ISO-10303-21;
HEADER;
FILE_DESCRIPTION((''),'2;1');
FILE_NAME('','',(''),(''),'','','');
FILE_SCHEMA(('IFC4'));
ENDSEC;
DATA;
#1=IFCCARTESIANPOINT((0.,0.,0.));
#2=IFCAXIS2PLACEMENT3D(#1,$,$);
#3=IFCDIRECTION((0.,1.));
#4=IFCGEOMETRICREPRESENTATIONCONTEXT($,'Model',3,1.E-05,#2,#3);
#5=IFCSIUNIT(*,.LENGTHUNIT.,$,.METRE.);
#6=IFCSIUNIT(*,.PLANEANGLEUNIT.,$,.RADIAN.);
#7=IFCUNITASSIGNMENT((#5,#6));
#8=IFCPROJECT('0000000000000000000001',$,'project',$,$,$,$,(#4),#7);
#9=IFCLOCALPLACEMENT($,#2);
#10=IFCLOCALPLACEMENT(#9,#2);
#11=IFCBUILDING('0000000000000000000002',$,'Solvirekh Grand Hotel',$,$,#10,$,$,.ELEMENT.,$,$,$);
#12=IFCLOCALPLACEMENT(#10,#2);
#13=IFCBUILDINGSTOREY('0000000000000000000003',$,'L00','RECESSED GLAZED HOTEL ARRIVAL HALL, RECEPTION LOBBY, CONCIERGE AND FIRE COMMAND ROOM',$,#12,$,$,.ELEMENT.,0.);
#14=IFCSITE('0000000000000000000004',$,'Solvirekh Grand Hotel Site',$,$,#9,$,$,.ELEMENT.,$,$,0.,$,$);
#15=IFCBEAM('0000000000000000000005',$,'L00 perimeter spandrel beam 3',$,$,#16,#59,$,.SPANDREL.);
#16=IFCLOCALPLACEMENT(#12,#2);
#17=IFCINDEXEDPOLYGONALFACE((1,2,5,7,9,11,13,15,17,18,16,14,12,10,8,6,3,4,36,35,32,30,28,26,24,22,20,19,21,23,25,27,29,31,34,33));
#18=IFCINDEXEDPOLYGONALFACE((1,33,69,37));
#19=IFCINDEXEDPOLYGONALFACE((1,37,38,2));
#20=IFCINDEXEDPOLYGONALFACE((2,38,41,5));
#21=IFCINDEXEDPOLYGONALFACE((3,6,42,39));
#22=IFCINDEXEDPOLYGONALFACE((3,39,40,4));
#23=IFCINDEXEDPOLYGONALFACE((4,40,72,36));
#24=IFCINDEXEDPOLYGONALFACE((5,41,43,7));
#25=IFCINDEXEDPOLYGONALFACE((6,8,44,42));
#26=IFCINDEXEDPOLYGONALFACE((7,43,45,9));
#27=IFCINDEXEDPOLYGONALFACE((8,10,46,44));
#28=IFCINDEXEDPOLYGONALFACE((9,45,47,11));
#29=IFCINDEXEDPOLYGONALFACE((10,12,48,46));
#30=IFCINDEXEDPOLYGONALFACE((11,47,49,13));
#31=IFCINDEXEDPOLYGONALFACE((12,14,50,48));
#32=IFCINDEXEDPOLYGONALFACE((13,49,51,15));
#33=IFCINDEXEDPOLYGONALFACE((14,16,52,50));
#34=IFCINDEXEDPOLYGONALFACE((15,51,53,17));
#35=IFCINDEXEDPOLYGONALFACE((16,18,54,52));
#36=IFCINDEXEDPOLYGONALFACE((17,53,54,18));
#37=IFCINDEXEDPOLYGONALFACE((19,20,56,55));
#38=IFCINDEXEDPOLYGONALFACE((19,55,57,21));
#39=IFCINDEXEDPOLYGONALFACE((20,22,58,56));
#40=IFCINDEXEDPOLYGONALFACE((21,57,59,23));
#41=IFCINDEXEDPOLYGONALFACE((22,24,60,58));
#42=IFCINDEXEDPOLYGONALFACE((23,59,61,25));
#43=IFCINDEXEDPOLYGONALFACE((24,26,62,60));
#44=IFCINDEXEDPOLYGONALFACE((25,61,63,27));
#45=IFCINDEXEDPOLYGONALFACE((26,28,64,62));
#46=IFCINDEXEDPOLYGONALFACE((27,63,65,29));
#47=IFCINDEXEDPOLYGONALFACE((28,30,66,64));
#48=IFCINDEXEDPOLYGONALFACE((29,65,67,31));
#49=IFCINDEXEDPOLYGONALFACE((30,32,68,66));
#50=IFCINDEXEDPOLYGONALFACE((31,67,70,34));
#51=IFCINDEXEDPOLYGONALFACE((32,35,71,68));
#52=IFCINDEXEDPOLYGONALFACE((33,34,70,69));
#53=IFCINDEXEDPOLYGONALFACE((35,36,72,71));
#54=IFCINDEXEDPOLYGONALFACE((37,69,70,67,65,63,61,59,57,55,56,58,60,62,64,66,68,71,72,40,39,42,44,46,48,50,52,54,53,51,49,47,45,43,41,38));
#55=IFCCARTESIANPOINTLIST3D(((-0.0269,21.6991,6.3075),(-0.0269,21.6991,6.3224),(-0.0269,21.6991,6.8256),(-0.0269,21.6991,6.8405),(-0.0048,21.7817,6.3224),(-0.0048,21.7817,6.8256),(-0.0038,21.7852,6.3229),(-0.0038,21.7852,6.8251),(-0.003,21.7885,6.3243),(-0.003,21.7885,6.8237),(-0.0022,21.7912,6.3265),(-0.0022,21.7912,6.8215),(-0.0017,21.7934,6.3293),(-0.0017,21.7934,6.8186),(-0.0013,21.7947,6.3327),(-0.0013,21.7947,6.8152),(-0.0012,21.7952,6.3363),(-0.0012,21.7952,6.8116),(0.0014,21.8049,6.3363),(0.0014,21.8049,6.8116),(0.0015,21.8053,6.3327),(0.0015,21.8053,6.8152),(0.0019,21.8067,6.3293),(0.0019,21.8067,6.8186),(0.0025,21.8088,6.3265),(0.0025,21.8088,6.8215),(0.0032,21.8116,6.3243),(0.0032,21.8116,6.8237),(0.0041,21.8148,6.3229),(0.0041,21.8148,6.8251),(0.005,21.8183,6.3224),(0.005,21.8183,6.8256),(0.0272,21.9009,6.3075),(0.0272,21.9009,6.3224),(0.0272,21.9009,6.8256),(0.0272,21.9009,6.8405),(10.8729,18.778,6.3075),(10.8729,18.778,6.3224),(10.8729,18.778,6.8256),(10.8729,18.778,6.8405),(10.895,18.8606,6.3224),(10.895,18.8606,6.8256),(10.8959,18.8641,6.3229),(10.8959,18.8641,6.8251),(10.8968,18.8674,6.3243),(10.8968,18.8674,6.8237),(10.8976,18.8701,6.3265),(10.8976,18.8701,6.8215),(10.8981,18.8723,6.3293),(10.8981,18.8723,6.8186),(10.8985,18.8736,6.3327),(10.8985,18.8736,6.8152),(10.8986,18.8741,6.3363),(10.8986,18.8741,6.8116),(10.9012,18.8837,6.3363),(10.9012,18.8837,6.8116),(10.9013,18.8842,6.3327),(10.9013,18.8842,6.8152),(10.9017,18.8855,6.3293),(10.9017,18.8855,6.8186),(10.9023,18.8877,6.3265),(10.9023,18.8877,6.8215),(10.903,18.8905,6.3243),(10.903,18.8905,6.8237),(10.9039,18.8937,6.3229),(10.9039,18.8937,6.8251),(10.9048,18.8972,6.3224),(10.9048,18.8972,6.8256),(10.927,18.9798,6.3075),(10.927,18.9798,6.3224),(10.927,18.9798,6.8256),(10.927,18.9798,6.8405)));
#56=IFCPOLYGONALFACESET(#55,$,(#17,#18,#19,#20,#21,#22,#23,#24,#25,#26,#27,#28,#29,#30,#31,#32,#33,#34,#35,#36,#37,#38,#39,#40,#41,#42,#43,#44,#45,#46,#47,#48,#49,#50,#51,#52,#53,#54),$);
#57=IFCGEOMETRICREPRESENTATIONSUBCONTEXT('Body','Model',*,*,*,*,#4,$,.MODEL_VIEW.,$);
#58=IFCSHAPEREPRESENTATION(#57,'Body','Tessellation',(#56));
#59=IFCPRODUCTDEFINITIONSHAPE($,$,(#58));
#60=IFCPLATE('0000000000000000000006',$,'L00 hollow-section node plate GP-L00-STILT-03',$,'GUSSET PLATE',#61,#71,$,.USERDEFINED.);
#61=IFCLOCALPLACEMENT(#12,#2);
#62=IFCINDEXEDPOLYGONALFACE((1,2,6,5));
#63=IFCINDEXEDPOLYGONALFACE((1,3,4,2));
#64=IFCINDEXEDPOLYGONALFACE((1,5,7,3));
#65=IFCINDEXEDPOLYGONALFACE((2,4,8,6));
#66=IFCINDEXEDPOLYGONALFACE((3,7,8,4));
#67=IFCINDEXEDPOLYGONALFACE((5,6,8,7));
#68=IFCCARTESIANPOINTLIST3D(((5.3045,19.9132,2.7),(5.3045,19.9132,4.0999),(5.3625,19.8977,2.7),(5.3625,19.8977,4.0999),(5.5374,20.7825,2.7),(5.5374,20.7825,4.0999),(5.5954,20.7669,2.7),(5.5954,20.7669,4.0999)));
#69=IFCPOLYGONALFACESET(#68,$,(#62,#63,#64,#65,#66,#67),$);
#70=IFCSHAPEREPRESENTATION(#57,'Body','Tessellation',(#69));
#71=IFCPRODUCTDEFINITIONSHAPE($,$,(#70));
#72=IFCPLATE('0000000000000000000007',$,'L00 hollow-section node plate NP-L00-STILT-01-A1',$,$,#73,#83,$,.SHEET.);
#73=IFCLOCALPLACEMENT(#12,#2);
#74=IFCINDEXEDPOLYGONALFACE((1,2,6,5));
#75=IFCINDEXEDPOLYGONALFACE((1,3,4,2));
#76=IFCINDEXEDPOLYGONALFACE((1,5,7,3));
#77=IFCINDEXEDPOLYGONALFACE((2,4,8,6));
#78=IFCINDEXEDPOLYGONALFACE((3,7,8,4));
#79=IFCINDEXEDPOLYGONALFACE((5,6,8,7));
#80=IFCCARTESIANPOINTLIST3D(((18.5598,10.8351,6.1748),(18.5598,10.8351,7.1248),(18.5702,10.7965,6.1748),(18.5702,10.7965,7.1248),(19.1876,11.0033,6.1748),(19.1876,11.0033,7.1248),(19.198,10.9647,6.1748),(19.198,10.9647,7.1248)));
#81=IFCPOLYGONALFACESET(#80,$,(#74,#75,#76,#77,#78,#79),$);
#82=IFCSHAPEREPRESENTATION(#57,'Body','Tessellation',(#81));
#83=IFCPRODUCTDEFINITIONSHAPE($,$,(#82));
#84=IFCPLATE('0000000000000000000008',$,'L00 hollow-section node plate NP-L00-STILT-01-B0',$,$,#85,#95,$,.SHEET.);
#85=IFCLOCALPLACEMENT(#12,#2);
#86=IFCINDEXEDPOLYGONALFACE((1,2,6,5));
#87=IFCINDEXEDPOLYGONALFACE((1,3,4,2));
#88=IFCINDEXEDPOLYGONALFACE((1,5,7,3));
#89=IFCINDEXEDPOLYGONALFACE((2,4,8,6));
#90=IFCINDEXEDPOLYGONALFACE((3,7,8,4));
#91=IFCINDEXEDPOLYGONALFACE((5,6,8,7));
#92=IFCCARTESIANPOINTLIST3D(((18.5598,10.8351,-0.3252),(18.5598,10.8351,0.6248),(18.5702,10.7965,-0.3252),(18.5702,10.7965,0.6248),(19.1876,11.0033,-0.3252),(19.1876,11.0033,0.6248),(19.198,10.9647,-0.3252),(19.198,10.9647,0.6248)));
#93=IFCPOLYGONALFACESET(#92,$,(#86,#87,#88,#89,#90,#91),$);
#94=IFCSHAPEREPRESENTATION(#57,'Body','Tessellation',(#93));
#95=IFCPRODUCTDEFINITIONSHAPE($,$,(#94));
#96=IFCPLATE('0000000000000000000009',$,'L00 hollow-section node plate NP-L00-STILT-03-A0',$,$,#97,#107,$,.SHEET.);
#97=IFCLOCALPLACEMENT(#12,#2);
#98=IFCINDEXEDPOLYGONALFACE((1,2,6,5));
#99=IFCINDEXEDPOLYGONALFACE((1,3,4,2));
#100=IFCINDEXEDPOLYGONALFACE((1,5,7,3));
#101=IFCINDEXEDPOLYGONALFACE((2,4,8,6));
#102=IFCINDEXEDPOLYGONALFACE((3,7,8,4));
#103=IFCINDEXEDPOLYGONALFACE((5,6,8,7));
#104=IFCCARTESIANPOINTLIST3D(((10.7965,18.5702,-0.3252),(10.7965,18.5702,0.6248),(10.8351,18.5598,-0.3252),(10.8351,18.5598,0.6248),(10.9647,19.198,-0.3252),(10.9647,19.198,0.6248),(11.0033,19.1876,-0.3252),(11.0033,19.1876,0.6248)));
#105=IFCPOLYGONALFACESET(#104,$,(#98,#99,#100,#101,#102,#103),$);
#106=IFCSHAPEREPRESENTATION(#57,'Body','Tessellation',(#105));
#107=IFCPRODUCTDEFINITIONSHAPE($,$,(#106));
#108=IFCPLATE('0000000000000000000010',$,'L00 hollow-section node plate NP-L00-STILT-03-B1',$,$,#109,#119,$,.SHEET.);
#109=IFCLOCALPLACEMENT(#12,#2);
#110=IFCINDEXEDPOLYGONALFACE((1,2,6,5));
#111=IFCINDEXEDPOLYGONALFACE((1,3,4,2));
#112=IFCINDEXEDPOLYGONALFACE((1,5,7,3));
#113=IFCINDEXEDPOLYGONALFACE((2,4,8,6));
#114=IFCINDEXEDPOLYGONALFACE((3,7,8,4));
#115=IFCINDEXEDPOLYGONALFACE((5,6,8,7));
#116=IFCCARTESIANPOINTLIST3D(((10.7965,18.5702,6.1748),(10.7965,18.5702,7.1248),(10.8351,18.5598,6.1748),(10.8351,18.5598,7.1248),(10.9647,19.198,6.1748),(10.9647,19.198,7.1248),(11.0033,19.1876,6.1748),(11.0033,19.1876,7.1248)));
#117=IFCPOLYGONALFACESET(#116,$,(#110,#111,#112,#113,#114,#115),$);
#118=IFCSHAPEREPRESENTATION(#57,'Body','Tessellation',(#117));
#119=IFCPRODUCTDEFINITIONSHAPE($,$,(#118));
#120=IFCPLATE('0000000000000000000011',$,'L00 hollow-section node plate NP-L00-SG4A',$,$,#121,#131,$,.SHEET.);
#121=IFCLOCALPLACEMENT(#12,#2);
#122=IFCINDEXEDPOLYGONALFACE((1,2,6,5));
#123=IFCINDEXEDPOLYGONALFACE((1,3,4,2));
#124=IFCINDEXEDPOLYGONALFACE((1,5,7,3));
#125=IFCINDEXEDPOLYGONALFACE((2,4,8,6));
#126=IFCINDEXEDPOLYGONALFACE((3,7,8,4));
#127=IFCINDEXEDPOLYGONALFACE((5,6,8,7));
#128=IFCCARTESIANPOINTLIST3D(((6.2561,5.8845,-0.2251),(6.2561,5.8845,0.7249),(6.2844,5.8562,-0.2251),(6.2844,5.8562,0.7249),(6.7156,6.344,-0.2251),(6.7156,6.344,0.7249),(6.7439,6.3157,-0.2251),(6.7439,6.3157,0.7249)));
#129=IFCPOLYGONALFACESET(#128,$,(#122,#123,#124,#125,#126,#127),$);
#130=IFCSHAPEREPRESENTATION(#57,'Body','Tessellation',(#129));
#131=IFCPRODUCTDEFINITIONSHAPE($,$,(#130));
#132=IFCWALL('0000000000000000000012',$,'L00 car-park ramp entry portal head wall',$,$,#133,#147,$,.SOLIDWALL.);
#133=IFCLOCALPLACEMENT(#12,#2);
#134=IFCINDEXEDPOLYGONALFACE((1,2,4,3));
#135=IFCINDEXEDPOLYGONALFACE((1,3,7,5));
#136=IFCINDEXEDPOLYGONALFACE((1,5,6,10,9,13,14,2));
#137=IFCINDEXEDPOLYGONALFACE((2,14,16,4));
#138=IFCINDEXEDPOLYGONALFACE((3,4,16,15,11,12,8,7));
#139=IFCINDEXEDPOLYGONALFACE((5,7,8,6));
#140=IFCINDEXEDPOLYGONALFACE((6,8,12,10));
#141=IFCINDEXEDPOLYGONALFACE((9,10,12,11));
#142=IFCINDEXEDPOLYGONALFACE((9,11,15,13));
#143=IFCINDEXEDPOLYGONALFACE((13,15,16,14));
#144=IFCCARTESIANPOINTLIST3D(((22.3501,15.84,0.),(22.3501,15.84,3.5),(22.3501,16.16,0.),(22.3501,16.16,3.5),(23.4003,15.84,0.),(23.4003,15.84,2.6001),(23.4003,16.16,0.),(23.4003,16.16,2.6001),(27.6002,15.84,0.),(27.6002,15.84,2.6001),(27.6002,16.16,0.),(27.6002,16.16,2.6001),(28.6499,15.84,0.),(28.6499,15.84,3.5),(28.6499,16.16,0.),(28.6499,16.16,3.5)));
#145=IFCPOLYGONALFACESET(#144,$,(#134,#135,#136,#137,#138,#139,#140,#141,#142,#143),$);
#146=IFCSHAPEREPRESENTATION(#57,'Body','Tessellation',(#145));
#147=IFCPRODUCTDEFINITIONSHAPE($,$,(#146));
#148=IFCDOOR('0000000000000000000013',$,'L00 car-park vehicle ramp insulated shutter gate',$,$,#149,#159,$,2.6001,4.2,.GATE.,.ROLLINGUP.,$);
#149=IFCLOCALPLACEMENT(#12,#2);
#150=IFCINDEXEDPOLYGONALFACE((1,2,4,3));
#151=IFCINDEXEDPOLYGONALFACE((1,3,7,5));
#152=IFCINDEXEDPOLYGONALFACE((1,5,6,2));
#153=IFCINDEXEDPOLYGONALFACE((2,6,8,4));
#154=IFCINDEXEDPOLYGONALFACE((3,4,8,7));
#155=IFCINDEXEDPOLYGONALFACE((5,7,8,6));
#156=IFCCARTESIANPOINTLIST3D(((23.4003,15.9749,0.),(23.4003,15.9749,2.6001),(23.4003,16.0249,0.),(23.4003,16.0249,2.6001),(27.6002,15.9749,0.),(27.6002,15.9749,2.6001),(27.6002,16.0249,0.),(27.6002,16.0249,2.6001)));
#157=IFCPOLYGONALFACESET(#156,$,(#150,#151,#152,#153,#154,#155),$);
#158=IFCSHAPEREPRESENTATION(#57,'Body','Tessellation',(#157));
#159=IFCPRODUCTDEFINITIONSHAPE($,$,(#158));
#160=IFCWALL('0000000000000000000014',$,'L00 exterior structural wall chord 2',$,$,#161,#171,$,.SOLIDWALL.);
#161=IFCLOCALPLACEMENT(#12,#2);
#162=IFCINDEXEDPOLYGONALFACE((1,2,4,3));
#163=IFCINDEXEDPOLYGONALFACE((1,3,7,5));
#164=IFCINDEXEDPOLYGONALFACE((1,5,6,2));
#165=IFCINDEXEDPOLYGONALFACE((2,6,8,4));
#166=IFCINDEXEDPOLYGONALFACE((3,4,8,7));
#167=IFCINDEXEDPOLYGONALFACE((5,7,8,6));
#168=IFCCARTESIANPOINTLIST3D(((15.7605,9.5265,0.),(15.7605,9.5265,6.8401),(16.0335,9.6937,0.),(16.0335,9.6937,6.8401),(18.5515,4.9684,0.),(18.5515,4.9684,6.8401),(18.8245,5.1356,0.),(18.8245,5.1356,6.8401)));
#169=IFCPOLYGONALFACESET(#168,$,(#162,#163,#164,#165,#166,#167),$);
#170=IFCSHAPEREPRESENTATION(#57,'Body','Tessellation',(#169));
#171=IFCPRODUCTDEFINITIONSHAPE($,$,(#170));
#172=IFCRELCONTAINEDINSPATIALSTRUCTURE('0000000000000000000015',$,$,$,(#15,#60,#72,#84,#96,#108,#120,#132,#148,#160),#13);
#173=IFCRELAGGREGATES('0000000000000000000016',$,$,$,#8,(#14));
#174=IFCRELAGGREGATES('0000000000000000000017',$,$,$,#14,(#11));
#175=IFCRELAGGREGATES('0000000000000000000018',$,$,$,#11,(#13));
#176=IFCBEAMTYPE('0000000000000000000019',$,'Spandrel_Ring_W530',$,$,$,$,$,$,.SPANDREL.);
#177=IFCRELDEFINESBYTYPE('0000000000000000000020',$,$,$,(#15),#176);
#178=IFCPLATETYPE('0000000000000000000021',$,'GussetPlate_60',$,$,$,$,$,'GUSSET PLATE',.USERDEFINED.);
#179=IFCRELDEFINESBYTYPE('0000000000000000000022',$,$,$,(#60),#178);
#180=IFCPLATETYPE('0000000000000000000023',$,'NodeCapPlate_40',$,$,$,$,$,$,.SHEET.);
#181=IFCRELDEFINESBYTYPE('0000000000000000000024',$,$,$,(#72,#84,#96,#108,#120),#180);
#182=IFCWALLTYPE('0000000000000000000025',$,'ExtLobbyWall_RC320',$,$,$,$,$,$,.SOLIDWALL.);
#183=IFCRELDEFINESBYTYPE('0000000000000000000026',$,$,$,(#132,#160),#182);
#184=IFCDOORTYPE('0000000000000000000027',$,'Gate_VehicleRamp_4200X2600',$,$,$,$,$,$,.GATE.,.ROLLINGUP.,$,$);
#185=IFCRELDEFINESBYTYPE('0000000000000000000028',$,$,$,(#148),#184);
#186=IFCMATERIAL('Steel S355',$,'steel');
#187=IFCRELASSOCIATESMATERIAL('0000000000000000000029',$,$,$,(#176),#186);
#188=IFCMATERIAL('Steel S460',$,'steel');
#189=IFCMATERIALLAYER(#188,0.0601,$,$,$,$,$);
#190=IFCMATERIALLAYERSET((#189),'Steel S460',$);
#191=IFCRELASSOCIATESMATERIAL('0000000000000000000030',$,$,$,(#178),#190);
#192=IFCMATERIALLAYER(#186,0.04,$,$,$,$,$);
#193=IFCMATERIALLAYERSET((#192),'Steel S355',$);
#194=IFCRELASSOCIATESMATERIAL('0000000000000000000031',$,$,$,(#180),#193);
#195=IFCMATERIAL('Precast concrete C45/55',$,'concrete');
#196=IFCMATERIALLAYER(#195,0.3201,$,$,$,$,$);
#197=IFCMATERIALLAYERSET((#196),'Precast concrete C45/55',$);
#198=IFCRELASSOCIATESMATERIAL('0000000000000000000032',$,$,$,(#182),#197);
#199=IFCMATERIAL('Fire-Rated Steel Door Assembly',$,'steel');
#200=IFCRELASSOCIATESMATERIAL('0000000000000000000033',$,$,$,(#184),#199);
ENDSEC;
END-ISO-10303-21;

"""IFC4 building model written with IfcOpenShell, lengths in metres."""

from ifc_helpers import new_model, si_unit, direction, frame, frame_2d, origin, origin_2d, place, context, subcontext, project, spatial, rectangle, i_section, extrude, material, layer, layer_set, material_profile, profile_set, type_object, element, fill, save


model = new_model("IFC4")

# Units and contexts
model_context = context("Model", 3, precision=1e-05, world=origin(), true_north=direction((0.0, 1.0)))
body_context = subcontext(model_context, "Body", "Model", "MODEL_VIEW")
ifc_project = project(units=[si_unit("LENGTHUNIT", "METRE"), si_unit("PLANEANGLEUNIT", "RADIAN")], contexts=[model_context])

# Site, building, storey
site_placement = place(None, origin())
site = spatial("IfcSite", under=ifc_project, at=site_placement, Name="Solvirekh Grand Hotel Site", CompositionType="ELEMENT", RefElevation=0.0)
building_placement = place(site_placement, origin())
building = spatial("IfcBuilding", under=site, at=building_placement, Name="Solvirekh Grand Hotel", CompositionType="ELEMENT")
storey_placement = place(building_placement, origin())
storey = spatial("IfcBuildingStorey", under=building, at=storey_placement, Name="L00", Description="RECESSED GLAZED HOTEL ARRIVAL HALL, RECEPTION LOBBY, CONCIERGE AND FIRE COMMAND ROOM", CompositionType="ELEMENT", Elevation=0.0)

# Shared definitions
ifc_material_1 = material(Name="Steel S460", Category="steel")

# Beam
ifc_material_2 = material(Name="Precast concrete C45/55", Category="concrete")
ifc_material_3 = material(Name="Steel S355", Category="steel")
ifc_material_profile_1 = material_profile(ifc_material_3, i_section(OverallWidth=0.209, OverallDepth=0.533, WebThickness=0.01, FlangeThickness=0.0149, FilletRadius=0.0139, at=origin_2d()), Name="W530X92")
ifc_profile_set_1 = profile_set([ifc_material_profile_1], Name="Steel S355")
beam_type_1 = type_object("IfcBeamType", Name="Spandrel_Ring_W530", PredefinedType="SPANDREL", material=ifc_profile_set_1)
beam_1_placement = place(storey_placement, frame((10.8999, 18.8789, 6.574), z_axis=(-0.965914, 0.258862, 0.0), x_axis=(-0.258862, -0.965914, 0.0)))
element("IfcBeam", 1, at=beam_1_placement, inside=storey, type_object=beam_type_1, Name="L00 perimeter spandrel beam 3", PredefinedType="SPANDREL", context=body_context, shape_type="SweptSolid", body=[
    extrude(i_section(OverallWidth=0.209, OverallDepth=0.533, WebThickness=0.01, FlangeThickness=0.0149, FilletRadius=0.0139, at=origin_2d()), origin(), (0.0, 0.0, 1.0), 11.2844),
])

# Plates
ifc_layer_1 = layer(ifc_material_1, 0.0601)
ifc_layer_set_1 = layer_set([ifc_layer_1], Name="Steel S460")
plate_type_1 = type_object("IfcPlateType", Name="GussetPlate_60", ElementType="GUSSET PLATE", PredefinedType="USERDEFINED", material=ifc_layer_set_1)
plate_placement = place(storey_placement, frame((5.45, 20.3401, 2.7), z_axis=(0.0, 0.0, 1.0), x_axis=(-0.965926, 0.258819, 0.0)))
element("IfcPlate", 2, at=plate_placement, inside=storey, type_object=plate_type_1, Name="L00 hollow-section node plate GP-L00-STILT-03", ObjectType="GUSSET PLATE", PredefinedType="USERDEFINED", context=body_context, shape_type="SweptSolid", body=[
    extrude(rectangle(XDim=0.0601, YDim=0.8999, at=origin_2d()), origin(), (0.0, 0.0, 1.0), 1.3999),
])
ifc_layer_2 = layer(ifc_material_3, 0.04)
ifc_layer_set_2 = layer_set([ifc_layer_2], Name="Steel S355")
plate_type_2 = type_object("IfcPlateType", Name="NodeCapPlate_40", PredefinedType="SHEET", material=ifc_layer_set_2)
for number, where, z_axis, x_axis, name in (
    (3, (18.8789, 10.8999, 6.1748), (0.0, 0.0, 1.0), (-0.258819, 0.965926, 0.0), "L00 hollow-section node plate NP-L00-STILT-01-A1"),
    (4, (18.8789, 10.8999, -0.3252), (0.0, 0.0, 1.0), (-0.258819, 0.965926, 0.0), "L00 hollow-section node plate NP-L00-STILT-01-B0"),
    (5, (10.8999, 18.8789, -0.3252), (0.0, 0.0, 1.0), (-0.965926, 0.258819, 0.0), "L00 hollow-section node plate NP-L00-STILT-03-A0"),
    (6, (10.8999, 18.8789, 6.1748), (0.0, 0.0, 1.0), (-0.965926, 0.258819, 0.0), "L00 hollow-section node plate NP-L00-STILT-03-B1"),
    (7, (6.5, 6.1001, -0.2251), (0.0, 0.0, 1.0), (-0.707107, 0.707107, 0.0), "L00 hollow-section node plate NP-L00-SG4A"),
):
    element("IfcPlate", number, at=place(storey_placement, frame(where, z_axis=z_axis, x_axis=x_axis)), inside=storey, type_object=plate_type_2, Name=name, PredefinedType="SHEET", context=body_context, shape_type="SweptSolid", body=[
        extrude(rectangle(XDim=0.04, YDim=0.6499, at=origin_2d()), origin(), (0.0, 0.0, 1.0), 0.95),
    ])

# Wall, opening, door
ifc_layer_3 = layer(ifc_material_2, 0.3201)
ifc_layer_set_3 = layer_set([ifc_layer_3], Name="Precast concrete C45/55")
wall_type_1 = type_object("IfcWallType", Name="ExtLobbyWall_RC320", PredefinedType="SOLIDWALL", material=ifc_layer_set_3)
wall_1_placement = place(storey_placement, frame((22.3501, 16.0, 0.0), z_axis=(0.0, 0.0, 1.0), x_axis=(1.0, 0.0, 0.0)))
wall_1 = element("IfcWall", 8, at=wall_1_placement, inside=storey, type_object=wall_type_1, Name="L00 car-park ramp entry portal head wall", PredefinedType="SOLIDWALL", context=body_context, shape_type="SweptSolid", body=[
    extrude(rectangle(XDim=6.2998, YDim=0.3201, at=frame_2d((3.1499, 0.0))), origin(), (0.0, 0.0, 1.0), 3.5),
])
opening_1_placement = place(wall_1_placement, frame((1.05, 0.0, 0.0)))
opening_1 = element("IfcOpeningElement", 9, at=opening_1_placement, cuts=wall_1, PredefinedType="OPENING", context=body_context, shape_type="SweptSolid", body=[
    extrude(rectangle(XDim=4.2, YDim=2.6001, at=frame_2d((2.1001, 1.3))), frame((0.0, 0.1699, 0.0), z_axis=(0.0, -1.0, 0.0), x_axis=(1.0, 0.0, 0.0)), (0.0, 0.0, 1.0), 0.3401),
])
ifc_material_4 = material(Name="Fire-Rated Steel Door Assembly", Category="steel")
door_type_1 = type_object("IfcDoorType", Name="Gate_VehicleRamp_4200X2600", OperationType="ROLLINGUP", PredefinedType="GATE", material=ifc_material_4)
door_1_placement = place(opening_1_placement, origin())
door_1 = element("IfcDoor", 10, at=door_1_placement, inside=storey, type_object=door_type_1, Name="L00 car-park vehicle ramp insulated shutter gate", OperationType="ROLLINGUP", OverallHeight=2.6001, OverallWidth=4.2, PredefinedType="GATE", context=body_context, shape_type="SweptSolid", body=[
    extrude(rectangle(XDim=4.2, YDim=2.6001, at=frame_2d((2.1001, 1.3))), frame((0.0, 0.0249, 0.0), z_axis=(0.0, -1.0, 0.0), x_axis=(1.0, 0.0, 0.0)), (0.0, 0.0, 1.0), 0.05),
])
fill(opening_1, door_1)

# Wall
wall_2_placement = place(storey_placement, frame((15.897, 9.6101, 0.0), z_axis=(0.0, 0.0, 1.0), x_axis=(0.5222, -0.852823, 0.0)))
element("IfcWall", 11, at=wall_2_placement, inside=storey, type_object=wall_type_1, Name="L00 exterior structural wall chord 2", PredefinedType="SOLIDWALL", context=body_context, shape_type="SweptSolid", body=[
    extrude(rectangle(XDim=5.3447, YDim=0.3201, at=frame_2d((2.6724, 0.0))), origin(), (0.0, 0.0, 1.0), 6.8401),
])

save(model, "model.ifc")
